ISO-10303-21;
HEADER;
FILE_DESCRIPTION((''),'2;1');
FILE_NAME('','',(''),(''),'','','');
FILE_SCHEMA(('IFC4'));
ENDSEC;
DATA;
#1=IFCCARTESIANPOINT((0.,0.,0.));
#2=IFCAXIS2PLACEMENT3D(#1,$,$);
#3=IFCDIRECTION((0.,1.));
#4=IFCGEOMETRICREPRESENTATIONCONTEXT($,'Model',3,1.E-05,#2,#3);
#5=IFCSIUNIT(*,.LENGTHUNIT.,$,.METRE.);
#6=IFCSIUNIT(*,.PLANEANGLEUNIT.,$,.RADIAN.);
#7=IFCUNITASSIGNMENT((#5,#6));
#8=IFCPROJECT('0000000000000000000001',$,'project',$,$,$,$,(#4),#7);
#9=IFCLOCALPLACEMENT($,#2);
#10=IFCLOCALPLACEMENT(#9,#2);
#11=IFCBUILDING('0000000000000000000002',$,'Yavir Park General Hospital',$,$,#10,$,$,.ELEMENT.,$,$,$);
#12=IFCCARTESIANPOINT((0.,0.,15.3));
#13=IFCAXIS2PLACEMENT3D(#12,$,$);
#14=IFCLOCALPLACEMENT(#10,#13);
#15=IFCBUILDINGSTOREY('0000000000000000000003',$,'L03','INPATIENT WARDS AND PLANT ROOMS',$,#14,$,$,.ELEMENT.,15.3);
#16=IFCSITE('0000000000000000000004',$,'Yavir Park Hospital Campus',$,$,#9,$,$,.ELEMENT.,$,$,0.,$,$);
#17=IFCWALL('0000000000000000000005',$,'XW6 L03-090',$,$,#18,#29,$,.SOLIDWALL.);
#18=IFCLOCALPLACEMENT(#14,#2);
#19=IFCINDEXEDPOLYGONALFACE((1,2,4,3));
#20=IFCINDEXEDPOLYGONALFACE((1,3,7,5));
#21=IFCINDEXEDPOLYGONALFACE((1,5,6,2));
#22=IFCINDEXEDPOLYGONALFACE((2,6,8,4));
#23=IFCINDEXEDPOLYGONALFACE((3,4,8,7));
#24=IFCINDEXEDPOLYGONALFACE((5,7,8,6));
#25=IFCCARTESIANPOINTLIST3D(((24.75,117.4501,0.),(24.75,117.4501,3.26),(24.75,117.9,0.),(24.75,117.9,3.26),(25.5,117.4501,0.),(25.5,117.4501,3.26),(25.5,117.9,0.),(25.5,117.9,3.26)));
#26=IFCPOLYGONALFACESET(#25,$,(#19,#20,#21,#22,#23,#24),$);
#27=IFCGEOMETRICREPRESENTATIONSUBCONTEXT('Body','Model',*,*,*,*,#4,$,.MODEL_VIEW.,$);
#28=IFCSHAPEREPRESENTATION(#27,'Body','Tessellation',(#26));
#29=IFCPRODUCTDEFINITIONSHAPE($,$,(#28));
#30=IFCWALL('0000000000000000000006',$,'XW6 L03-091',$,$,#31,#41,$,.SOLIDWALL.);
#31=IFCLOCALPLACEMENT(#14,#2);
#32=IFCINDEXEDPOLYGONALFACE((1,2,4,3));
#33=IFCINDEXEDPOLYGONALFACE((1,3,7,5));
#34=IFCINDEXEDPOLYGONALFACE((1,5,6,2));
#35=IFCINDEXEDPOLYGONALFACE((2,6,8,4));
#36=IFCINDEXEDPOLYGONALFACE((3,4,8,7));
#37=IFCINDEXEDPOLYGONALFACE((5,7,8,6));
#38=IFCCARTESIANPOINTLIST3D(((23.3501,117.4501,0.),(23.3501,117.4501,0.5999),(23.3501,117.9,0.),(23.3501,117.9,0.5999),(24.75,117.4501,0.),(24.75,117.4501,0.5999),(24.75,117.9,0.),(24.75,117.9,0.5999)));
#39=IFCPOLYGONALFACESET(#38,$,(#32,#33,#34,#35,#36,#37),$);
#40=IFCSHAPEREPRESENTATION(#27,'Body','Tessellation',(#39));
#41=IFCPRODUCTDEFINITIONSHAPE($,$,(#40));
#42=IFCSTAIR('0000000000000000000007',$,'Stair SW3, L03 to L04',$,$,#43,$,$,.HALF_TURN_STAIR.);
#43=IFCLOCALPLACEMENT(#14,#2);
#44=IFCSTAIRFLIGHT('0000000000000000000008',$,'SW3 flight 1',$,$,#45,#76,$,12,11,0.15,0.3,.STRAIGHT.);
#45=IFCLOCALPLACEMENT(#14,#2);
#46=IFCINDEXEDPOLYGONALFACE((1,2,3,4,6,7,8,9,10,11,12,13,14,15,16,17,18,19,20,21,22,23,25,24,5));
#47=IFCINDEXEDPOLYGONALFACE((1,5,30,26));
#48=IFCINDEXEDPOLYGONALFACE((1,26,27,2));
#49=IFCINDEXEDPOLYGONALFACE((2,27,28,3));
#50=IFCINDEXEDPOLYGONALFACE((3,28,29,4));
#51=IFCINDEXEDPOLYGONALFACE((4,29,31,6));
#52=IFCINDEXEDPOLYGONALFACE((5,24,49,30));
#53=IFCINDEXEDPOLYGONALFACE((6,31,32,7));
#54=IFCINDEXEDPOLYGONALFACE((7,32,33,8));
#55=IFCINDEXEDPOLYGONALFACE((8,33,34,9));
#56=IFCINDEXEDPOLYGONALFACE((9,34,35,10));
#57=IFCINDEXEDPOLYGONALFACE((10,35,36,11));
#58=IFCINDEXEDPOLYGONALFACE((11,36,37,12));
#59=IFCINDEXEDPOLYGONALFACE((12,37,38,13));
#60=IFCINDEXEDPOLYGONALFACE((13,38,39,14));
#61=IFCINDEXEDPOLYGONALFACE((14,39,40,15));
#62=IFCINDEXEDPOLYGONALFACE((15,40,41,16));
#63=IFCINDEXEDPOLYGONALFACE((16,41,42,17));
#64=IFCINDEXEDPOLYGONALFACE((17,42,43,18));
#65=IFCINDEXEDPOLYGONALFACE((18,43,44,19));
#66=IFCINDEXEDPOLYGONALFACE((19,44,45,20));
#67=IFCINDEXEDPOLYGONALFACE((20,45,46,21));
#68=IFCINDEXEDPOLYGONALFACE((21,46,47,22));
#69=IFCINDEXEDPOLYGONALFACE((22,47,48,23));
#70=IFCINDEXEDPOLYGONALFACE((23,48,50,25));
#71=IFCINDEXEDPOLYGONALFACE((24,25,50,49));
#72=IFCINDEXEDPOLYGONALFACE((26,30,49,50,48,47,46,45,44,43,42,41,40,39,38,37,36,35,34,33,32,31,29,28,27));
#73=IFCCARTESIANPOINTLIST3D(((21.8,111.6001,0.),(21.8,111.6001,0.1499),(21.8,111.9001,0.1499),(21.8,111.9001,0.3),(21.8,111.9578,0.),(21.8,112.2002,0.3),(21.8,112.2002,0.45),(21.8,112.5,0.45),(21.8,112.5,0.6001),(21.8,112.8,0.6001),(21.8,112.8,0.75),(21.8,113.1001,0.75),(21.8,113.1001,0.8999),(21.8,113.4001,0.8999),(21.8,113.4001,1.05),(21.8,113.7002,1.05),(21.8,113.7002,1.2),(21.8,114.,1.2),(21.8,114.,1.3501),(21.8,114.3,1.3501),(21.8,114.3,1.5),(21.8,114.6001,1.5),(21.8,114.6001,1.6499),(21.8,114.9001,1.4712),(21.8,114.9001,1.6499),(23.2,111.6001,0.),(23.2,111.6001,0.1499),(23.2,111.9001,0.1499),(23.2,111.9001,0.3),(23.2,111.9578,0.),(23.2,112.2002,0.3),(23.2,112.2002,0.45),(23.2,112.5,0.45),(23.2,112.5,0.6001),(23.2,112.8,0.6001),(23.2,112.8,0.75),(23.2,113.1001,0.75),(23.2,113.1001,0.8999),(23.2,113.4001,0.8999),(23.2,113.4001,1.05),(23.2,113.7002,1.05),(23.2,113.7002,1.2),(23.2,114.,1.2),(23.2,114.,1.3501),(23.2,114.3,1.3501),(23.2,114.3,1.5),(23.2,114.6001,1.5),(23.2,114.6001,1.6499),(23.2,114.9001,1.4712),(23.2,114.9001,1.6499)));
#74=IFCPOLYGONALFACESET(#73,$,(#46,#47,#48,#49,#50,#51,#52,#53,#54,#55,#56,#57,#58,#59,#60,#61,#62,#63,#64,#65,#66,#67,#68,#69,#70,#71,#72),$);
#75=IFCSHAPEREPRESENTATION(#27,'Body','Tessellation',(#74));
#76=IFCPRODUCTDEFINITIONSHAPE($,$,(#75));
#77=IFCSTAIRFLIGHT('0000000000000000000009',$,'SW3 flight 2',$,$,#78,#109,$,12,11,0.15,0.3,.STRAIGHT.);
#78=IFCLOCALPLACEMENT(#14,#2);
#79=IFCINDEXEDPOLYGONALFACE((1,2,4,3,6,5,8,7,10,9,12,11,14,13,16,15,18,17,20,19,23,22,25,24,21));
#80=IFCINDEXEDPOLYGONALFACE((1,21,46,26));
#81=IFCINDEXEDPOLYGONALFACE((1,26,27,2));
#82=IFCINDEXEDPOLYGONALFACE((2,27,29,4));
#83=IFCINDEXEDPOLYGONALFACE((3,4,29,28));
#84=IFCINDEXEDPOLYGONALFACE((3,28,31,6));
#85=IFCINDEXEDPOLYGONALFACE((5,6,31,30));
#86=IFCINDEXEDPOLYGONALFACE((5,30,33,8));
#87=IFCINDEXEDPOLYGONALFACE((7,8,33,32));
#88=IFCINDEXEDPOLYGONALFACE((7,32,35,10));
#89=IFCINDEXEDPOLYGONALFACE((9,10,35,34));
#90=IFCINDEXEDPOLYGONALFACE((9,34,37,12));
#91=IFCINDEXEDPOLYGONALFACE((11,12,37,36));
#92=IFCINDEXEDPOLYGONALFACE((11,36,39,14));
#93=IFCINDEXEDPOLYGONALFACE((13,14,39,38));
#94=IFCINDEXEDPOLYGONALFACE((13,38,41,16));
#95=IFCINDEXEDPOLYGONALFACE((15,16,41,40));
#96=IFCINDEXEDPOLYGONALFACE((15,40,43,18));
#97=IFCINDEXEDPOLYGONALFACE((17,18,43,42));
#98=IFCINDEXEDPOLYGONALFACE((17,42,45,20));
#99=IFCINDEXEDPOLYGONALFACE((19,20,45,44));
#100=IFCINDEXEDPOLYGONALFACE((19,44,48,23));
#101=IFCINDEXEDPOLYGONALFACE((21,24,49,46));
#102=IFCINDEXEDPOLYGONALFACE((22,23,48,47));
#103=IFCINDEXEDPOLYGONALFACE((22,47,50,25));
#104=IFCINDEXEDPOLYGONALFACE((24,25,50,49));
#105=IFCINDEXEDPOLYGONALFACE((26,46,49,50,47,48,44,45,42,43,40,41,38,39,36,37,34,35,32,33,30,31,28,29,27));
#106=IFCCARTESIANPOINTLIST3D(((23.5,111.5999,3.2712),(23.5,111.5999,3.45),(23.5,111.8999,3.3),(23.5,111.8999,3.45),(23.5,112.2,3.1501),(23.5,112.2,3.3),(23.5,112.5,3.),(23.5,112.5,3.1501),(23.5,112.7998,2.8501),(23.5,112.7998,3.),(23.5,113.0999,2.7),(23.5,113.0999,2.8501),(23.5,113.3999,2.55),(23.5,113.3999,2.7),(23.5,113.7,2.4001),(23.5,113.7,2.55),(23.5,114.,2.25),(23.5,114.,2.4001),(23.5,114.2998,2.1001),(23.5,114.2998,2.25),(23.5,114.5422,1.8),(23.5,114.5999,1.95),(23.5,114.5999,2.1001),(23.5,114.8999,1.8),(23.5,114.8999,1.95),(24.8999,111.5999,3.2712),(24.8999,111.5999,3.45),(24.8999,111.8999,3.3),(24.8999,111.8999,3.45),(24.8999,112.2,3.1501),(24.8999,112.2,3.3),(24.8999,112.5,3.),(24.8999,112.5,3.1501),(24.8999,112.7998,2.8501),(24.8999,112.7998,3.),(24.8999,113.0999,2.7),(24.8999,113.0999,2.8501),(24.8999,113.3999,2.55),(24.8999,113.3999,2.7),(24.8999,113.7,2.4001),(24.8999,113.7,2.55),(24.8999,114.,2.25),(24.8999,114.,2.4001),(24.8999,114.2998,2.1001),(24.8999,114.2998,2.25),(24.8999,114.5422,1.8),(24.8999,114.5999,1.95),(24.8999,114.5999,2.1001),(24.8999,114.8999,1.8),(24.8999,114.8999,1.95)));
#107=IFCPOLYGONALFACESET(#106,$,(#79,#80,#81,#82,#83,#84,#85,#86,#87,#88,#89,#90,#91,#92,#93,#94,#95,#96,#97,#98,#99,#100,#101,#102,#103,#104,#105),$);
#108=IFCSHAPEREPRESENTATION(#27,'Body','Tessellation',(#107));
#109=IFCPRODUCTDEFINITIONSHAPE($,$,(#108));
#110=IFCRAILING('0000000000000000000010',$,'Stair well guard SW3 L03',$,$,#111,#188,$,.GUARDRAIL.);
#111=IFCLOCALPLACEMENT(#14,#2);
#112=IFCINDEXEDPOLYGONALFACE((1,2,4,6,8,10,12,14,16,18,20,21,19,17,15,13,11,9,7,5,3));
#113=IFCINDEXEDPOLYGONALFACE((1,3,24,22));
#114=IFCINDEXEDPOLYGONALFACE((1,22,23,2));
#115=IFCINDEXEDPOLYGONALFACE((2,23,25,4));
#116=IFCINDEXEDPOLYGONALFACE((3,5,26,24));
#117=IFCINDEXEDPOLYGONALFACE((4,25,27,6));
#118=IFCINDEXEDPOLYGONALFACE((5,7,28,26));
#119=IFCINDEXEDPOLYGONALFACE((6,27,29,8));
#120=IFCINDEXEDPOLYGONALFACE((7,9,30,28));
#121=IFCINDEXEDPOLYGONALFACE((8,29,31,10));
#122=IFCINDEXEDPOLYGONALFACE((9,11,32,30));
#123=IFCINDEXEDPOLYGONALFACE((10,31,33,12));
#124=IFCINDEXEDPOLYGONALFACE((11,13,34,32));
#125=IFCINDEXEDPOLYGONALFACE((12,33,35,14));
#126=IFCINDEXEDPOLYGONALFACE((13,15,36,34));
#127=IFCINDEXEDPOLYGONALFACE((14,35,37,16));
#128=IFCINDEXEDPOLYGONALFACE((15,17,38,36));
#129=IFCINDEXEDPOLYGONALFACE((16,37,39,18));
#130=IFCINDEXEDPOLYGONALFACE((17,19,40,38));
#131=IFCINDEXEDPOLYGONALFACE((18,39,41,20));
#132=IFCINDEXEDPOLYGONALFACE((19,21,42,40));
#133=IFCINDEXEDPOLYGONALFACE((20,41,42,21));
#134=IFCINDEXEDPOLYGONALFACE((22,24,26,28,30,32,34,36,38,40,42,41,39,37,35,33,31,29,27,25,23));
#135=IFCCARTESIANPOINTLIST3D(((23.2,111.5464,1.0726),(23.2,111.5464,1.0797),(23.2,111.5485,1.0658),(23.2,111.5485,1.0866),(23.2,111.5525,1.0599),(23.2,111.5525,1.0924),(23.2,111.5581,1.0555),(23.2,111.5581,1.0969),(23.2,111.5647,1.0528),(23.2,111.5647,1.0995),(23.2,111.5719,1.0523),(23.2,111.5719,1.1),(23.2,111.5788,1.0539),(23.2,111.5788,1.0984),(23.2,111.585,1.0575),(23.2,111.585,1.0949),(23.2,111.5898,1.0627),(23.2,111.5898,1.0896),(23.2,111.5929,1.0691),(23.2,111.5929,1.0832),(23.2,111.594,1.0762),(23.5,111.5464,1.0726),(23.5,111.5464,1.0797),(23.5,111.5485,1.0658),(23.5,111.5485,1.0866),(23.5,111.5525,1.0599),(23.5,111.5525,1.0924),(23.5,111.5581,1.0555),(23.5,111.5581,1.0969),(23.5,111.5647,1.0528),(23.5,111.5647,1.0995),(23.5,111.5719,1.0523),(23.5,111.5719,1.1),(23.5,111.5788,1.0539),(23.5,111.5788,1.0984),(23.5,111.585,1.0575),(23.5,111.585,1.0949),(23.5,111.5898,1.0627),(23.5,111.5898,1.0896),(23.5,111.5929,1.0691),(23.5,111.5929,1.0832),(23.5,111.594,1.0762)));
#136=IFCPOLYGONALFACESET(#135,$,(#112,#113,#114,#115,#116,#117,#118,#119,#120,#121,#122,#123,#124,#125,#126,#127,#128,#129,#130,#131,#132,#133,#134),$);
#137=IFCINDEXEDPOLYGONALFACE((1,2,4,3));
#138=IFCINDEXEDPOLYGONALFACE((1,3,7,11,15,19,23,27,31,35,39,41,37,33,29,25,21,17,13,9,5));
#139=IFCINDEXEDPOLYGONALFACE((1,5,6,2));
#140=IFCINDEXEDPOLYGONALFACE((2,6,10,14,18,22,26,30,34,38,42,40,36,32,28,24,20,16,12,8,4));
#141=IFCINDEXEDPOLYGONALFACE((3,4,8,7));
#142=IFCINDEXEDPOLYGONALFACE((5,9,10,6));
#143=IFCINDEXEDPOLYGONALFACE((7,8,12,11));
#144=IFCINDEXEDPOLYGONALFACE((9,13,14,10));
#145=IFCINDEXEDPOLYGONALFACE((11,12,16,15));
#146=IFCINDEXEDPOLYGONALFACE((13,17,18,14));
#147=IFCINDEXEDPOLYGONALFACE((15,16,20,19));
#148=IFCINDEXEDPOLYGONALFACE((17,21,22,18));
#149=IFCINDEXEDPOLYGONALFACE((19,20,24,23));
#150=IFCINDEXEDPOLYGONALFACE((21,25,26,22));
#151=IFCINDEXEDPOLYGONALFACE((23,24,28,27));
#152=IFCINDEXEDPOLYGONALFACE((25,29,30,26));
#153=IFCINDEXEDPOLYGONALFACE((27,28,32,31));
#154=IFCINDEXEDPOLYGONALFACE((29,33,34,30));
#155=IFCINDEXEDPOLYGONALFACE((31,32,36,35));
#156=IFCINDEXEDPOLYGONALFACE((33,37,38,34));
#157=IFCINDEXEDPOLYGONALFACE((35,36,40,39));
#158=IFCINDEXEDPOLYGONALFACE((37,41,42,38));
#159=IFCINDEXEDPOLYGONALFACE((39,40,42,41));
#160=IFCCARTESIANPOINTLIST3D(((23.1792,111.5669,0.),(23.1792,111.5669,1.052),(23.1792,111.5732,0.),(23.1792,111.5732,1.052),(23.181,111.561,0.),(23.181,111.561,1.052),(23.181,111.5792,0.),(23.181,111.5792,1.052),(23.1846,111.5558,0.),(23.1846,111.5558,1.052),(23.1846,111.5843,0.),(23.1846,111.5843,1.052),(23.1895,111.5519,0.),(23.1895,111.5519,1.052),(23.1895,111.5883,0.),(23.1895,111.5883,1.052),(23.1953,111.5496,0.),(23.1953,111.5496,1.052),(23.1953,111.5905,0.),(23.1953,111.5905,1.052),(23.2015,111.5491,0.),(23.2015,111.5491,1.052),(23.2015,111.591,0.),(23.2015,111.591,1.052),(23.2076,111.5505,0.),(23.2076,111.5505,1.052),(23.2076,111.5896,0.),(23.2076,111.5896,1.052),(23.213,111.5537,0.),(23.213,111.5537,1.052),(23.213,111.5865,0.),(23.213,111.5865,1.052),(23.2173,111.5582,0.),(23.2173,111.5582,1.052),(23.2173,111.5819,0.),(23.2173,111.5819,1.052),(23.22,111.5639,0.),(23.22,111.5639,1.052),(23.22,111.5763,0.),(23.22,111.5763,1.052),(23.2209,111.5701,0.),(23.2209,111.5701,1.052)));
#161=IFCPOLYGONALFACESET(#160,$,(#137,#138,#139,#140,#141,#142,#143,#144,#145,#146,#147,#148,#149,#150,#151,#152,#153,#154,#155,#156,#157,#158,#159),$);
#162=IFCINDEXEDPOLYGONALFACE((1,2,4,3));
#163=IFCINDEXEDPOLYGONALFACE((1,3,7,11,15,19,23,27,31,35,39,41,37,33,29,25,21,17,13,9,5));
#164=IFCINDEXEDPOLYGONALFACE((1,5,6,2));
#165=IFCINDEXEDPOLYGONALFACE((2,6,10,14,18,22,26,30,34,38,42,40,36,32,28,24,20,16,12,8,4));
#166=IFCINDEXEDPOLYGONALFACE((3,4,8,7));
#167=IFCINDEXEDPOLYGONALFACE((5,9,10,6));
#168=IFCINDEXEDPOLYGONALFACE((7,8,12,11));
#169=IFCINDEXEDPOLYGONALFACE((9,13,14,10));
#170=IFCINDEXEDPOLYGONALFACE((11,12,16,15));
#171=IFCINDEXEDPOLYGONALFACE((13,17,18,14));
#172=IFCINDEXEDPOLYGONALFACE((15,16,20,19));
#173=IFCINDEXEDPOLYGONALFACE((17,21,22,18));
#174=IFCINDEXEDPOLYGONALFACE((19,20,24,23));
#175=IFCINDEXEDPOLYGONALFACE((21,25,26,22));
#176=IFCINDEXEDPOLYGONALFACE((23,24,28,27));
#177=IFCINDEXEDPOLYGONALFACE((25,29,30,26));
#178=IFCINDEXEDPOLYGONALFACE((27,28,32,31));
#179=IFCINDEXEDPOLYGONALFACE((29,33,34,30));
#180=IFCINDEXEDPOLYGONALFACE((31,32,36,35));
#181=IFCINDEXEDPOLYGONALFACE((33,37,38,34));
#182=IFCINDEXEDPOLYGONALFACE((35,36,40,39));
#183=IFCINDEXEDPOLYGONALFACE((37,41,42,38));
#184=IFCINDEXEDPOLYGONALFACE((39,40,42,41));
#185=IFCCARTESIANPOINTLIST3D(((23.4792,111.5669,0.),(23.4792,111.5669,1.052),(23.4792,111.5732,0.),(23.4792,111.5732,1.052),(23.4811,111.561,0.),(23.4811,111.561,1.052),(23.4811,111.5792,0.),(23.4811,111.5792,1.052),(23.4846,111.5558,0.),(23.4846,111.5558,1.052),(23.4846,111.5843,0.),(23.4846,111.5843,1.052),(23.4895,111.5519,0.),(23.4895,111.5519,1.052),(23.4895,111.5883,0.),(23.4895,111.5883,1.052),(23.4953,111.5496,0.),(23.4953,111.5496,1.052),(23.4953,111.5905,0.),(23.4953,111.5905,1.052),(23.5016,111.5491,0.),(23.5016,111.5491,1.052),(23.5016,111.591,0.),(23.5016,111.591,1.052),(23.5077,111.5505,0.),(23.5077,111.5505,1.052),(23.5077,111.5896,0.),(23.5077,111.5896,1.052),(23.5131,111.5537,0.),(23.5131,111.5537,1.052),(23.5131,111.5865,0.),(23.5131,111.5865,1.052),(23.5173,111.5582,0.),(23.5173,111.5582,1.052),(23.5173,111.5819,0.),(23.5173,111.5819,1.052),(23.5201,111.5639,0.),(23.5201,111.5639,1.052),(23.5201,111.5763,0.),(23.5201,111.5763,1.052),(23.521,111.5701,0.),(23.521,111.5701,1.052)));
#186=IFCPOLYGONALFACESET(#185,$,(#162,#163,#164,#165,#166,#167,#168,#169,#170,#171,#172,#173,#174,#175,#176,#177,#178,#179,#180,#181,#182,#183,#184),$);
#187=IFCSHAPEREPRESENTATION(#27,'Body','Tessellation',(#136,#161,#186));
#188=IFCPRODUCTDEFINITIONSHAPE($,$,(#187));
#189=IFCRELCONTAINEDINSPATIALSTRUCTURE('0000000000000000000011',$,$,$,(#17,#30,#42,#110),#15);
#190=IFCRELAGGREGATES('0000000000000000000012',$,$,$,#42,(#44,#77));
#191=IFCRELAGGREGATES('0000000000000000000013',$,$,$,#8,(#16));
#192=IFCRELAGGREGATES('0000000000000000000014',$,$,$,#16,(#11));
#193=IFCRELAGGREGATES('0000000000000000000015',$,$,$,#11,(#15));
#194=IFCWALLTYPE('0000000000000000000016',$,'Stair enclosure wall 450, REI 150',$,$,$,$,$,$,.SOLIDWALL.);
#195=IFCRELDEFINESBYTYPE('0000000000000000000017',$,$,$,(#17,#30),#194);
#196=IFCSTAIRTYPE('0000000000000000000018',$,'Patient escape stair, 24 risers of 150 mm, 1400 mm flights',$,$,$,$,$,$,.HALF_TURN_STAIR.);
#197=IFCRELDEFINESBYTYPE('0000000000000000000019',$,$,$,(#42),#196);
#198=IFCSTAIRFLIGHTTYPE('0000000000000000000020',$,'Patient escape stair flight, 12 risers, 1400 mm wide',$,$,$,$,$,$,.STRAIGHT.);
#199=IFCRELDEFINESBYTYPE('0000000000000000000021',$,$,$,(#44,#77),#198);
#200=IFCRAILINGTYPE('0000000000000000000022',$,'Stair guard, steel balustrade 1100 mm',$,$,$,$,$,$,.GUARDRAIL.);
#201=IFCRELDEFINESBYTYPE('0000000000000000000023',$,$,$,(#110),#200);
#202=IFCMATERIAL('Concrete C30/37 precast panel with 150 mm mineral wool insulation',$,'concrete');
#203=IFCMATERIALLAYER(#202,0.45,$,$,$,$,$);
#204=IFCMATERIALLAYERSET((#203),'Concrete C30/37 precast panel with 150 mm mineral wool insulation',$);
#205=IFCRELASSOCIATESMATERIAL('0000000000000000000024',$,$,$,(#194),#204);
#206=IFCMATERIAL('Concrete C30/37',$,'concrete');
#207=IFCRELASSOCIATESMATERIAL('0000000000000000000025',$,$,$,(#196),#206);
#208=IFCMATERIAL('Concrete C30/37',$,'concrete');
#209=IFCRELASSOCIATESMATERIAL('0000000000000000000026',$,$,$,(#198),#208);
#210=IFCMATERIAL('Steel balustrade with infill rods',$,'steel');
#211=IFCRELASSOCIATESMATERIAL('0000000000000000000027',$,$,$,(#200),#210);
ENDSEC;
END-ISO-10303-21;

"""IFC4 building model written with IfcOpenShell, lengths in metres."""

from ifc_helpers import new_model, si_unit, direction, frame, frame_2d, origin, origin_2d, place, context, subcontext, project, spatial, polyline, rectangle, circle, outline, extrude, material, layer, layer_set, type_object, element, aggregate, save


model = new_model("IFC4")

# Units and contexts
model_context = context("Model", 3, precision=1e-05, world=origin(), true_north=direction((0.0, 1.0)))
body_context = subcontext(model_context, "Body", "Model", "MODEL_VIEW")
ifc_project = project(units=[si_unit("LENGTHUNIT", "METRE"), si_unit("PLANEANGLEUNIT", "RADIAN")], contexts=[model_context])

# Site, building, storey
site_placement = place(None, origin())
site = spatial("IfcSite", under=ifc_project, at=site_placement, Name="Yavir Park Hospital Campus", CompositionType="ELEMENT", RefElevation=0.0)
building_placement = place(site_placement, origin())
building = spatial("IfcBuilding", under=site, at=building_placement, Name="Yavir Park General Hospital", CompositionType="ELEMENT")
storey_placement = place(building_placement, frame((0.0, 0.0, 15.3)))
storey = spatial("IfcBuildingStorey", under=building, at=storey_placement, Name="L03", Description="INPATIENT WARDS AND PLANT ROOMS", CompositionType="ELEMENT", Elevation=15.3)

# Walls
ifc_material_1 = material(Name="Concrete C30/37 precast panel with 150 mm mineral wool insulation", Category="concrete")
ifc_layer_1 = layer(ifc_material_1, 0.45)
ifc_layer_set_1 = layer_set([ifc_layer_1], Name="Concrete C30/37 precast panel with 150 mm mineral wool insulation")
wall_type = type_object("IfcWallType", Name="Stair enclosure wall 450, REI 150", PredefinedType="SOLIDWALL", material=ifc_layer_set_1)
wall_1_placement = place(storey_placement, frame((24.75, 117.675, 0.0), z_axis=(0.0, 0.0, 1.0), x_axis=(1.0, 0.0, 0.0)))
element("IfcWall", 1, at=wall_1_placement, inside=storey, type_object=wall_type, Name="XW6 L03-090", PredefinedType="SOLIDWALL", context=body_context, shape_type="SweptSolid", body=[
    extrude(rectangle(XDim=0.75, YDim=0.45, at=frame_2d((0.375, 0.0))), origin(), (0.0, 0.0, 1.0), 3.26),
])
wall_2_placement = place(storey_placement, frame((23.3501, 117.675, 0.0), z_axis=(0.0, 0.0, 1.0), x_axis=(1.0, 0.0, 0.0)))
element("IfcWall", 2, at=wall_2_placement, inside=storey, type_object=wall_type, Name="XW6 L03-091", PredefinedType="SOLIDWALL", context=body_context, shape_type="SweptSolid", body=[
    extrude(rectangle(XDim=1.3999, YDim=0.45, at=frame_2d((0.7, 0.0))), origin(), (0.0, 0.0, 1.0), 0.5999),
])

# Stair, stair flights
ifc_material_2 = material(Name="Concrete C30/37", Category="concrete")
stair_type = type_object("IfcStairType", Name="Patient escape stair, 24 risers of 150 mm, 1400 mm flights", PredefinedType="HALF_TURN_STAIR", material=ifc_material_2)
stair_placement = place(storey_placement, origin())
stair = element("IfcStair", 3, at=stair_placement, inside=storey, type_object=stair_type, Name="Stair SW3, L03 to L04", PredefinedType="HALF_TURN_STAIR")
ifc_material_3 = material(Name="Concrete C30/37", Category="concrete")
stair_flight_type = type_object("IfcStairFlightType", Name="Patient escape stair flight, 12 risers, 1400 mm wide", PredefinedType="STRAIGHT", material=ifc_material_3)
stair_flight_1_placement = place(storey_placement, frame((22.5, 111.6001, 0.0), z_axis=(0.0, 0.0, 1.0), x_axis=(0.0, 1.0, 0.0)))
stair_flight_1 = element("IfcStairFlight", 4, at=stair_flight_1_placement, type_object=stair_flight_type, Name="SW3 flight 1", NumberOfRisers=12, NumberOfTreads=11, PredefinedType="STRAIGHT", RiserHeight=0.15, TreadLength=0.3, context=body_context, shape_type="SweptSolid", body=[
    extrude(outline(polyline([(0.0, 0.0), (0.0, 0.1499), (0.3, 0.1499), (0.3, 0.3), (0.6001, 0.3), (0.6001, 0.45), (0.8999, 0.45), (0.8999, 0.6001), (1.2, 0.6001), (1.2, 0.75), (1.5, 0.75), (1.5, 0.8999), (1.8, 0.8999), (1.8, 1.05), (2.1001, 1.05), (2.1001, 1.2), (2.3999, 1.2), (2.3999, 1.3501), (2.7, 1.3501), (2.7, 1.5), (3.0, 1.5), (3.0, 1.6499), (3.3, 1.6499), (3.3, 1.8), (3.3, 1.4712), (0.3577, 0.0), (0.0, 0.0)])), frame((0.0, 0.7, 0.0), z_axis=(0.0, -1.0, 0.0), x_axis=(1.0, 0.0, 0.0)), (0.0, 0.0, 1.0), 1.3999),
])
stair_flight_2_placement = place(storey_placement, frame((24.2, 114.8999, 1.8), z_axis=(0.0, 0.0, 1.0), x_axis=(0.0, -1.0, 0.0)))
stair_flight_2 = element("IfcStairFlight", 5, at=stair_flight_2_placement, type_object=stair_flight_type, Name="SW3 flight 2", NumberOfRisers=12, NumberOfTreads=11, PredefinedType="STRAIGHT", RiserHeight=0.15, TreadLength=0.3, context=body_context, shape_type="SweptSolid", body=[
    extrude(outline(polyline([(0.0, 0.0), (0.0, 0.1499), (0.3, 0.1499), (0.3, 0.3), (0.6001, 0.3), (0.6001, 0.45), (0.8999, 0.45), (0.8999, 0.6001), (1.2, 0.6001), (1.2, 0.75), (1.5, 0.75), (1.5, 0.8999), (1.8, 0.8999), (1.8, 1.05), (2.1001, 1.05), (2.1001, 1.2), (2.3999, 1.2), (2.3999, 1.3501), (2.7, 1.3501), (2.7, 1.5), (3.0, 1.5), (3.0, 1.6499), (3.3, 1.6499), (3.3, 1.8), (3.3, 1.4712), (0.3577, 0.0), (0.0, 0.0)])), frame((0.0, 0.7, 0.0), z_axis=(0.0, -1.0, 0.0), x_axis=(1.0, 0.0, 0.0)), (0.0, 0.0, 1.0), 1.3999),
])
aggregate(stair, [stair_flight_1, stair_flight_2])

# Railing
ifc_material_4 = material(Name="Steel balustrade with infill rods", Category="steel")
railing_type_1 = type_object("IfcRailingType", Name="Stair guard, steel balustrade 1100 mm", PredefinedType="GUARDRAIL", material=ifc_material_4)
railing_1_placement = place(storey_placement, frame((23.2, 111.5701, 0.0)))
element("IfcRailing", 6, at=railing_1_placement, inside=storey, type_object=railing_type_1, Name="Stair well guard SW3 L03", PredefinedType="GUARDRAIL", context=body_context, shape_type="SweptSolid", body=[
    extrude(circle(Radius=0.0239, at=origin_2d()), frame((0.0, 0.0, 1.0762), z_axis=(1.0, 0.0, 0.0), x_axis=(0.0, 1.0, 0.0)), (0.0, 0.0, 1.0), 0.3),
    extrude(circle(Radius=0.021, at=origin_2d()), origin(), (0.0, 0.0, 1.0), 1.052),
    extrude(circle(Radius=0.021, at=origin_2d()), frame((0.3, 0.0, 0.0)), (0.0, 0.0, 1.0), 1.052),
])

save(model, "model.ifc")
